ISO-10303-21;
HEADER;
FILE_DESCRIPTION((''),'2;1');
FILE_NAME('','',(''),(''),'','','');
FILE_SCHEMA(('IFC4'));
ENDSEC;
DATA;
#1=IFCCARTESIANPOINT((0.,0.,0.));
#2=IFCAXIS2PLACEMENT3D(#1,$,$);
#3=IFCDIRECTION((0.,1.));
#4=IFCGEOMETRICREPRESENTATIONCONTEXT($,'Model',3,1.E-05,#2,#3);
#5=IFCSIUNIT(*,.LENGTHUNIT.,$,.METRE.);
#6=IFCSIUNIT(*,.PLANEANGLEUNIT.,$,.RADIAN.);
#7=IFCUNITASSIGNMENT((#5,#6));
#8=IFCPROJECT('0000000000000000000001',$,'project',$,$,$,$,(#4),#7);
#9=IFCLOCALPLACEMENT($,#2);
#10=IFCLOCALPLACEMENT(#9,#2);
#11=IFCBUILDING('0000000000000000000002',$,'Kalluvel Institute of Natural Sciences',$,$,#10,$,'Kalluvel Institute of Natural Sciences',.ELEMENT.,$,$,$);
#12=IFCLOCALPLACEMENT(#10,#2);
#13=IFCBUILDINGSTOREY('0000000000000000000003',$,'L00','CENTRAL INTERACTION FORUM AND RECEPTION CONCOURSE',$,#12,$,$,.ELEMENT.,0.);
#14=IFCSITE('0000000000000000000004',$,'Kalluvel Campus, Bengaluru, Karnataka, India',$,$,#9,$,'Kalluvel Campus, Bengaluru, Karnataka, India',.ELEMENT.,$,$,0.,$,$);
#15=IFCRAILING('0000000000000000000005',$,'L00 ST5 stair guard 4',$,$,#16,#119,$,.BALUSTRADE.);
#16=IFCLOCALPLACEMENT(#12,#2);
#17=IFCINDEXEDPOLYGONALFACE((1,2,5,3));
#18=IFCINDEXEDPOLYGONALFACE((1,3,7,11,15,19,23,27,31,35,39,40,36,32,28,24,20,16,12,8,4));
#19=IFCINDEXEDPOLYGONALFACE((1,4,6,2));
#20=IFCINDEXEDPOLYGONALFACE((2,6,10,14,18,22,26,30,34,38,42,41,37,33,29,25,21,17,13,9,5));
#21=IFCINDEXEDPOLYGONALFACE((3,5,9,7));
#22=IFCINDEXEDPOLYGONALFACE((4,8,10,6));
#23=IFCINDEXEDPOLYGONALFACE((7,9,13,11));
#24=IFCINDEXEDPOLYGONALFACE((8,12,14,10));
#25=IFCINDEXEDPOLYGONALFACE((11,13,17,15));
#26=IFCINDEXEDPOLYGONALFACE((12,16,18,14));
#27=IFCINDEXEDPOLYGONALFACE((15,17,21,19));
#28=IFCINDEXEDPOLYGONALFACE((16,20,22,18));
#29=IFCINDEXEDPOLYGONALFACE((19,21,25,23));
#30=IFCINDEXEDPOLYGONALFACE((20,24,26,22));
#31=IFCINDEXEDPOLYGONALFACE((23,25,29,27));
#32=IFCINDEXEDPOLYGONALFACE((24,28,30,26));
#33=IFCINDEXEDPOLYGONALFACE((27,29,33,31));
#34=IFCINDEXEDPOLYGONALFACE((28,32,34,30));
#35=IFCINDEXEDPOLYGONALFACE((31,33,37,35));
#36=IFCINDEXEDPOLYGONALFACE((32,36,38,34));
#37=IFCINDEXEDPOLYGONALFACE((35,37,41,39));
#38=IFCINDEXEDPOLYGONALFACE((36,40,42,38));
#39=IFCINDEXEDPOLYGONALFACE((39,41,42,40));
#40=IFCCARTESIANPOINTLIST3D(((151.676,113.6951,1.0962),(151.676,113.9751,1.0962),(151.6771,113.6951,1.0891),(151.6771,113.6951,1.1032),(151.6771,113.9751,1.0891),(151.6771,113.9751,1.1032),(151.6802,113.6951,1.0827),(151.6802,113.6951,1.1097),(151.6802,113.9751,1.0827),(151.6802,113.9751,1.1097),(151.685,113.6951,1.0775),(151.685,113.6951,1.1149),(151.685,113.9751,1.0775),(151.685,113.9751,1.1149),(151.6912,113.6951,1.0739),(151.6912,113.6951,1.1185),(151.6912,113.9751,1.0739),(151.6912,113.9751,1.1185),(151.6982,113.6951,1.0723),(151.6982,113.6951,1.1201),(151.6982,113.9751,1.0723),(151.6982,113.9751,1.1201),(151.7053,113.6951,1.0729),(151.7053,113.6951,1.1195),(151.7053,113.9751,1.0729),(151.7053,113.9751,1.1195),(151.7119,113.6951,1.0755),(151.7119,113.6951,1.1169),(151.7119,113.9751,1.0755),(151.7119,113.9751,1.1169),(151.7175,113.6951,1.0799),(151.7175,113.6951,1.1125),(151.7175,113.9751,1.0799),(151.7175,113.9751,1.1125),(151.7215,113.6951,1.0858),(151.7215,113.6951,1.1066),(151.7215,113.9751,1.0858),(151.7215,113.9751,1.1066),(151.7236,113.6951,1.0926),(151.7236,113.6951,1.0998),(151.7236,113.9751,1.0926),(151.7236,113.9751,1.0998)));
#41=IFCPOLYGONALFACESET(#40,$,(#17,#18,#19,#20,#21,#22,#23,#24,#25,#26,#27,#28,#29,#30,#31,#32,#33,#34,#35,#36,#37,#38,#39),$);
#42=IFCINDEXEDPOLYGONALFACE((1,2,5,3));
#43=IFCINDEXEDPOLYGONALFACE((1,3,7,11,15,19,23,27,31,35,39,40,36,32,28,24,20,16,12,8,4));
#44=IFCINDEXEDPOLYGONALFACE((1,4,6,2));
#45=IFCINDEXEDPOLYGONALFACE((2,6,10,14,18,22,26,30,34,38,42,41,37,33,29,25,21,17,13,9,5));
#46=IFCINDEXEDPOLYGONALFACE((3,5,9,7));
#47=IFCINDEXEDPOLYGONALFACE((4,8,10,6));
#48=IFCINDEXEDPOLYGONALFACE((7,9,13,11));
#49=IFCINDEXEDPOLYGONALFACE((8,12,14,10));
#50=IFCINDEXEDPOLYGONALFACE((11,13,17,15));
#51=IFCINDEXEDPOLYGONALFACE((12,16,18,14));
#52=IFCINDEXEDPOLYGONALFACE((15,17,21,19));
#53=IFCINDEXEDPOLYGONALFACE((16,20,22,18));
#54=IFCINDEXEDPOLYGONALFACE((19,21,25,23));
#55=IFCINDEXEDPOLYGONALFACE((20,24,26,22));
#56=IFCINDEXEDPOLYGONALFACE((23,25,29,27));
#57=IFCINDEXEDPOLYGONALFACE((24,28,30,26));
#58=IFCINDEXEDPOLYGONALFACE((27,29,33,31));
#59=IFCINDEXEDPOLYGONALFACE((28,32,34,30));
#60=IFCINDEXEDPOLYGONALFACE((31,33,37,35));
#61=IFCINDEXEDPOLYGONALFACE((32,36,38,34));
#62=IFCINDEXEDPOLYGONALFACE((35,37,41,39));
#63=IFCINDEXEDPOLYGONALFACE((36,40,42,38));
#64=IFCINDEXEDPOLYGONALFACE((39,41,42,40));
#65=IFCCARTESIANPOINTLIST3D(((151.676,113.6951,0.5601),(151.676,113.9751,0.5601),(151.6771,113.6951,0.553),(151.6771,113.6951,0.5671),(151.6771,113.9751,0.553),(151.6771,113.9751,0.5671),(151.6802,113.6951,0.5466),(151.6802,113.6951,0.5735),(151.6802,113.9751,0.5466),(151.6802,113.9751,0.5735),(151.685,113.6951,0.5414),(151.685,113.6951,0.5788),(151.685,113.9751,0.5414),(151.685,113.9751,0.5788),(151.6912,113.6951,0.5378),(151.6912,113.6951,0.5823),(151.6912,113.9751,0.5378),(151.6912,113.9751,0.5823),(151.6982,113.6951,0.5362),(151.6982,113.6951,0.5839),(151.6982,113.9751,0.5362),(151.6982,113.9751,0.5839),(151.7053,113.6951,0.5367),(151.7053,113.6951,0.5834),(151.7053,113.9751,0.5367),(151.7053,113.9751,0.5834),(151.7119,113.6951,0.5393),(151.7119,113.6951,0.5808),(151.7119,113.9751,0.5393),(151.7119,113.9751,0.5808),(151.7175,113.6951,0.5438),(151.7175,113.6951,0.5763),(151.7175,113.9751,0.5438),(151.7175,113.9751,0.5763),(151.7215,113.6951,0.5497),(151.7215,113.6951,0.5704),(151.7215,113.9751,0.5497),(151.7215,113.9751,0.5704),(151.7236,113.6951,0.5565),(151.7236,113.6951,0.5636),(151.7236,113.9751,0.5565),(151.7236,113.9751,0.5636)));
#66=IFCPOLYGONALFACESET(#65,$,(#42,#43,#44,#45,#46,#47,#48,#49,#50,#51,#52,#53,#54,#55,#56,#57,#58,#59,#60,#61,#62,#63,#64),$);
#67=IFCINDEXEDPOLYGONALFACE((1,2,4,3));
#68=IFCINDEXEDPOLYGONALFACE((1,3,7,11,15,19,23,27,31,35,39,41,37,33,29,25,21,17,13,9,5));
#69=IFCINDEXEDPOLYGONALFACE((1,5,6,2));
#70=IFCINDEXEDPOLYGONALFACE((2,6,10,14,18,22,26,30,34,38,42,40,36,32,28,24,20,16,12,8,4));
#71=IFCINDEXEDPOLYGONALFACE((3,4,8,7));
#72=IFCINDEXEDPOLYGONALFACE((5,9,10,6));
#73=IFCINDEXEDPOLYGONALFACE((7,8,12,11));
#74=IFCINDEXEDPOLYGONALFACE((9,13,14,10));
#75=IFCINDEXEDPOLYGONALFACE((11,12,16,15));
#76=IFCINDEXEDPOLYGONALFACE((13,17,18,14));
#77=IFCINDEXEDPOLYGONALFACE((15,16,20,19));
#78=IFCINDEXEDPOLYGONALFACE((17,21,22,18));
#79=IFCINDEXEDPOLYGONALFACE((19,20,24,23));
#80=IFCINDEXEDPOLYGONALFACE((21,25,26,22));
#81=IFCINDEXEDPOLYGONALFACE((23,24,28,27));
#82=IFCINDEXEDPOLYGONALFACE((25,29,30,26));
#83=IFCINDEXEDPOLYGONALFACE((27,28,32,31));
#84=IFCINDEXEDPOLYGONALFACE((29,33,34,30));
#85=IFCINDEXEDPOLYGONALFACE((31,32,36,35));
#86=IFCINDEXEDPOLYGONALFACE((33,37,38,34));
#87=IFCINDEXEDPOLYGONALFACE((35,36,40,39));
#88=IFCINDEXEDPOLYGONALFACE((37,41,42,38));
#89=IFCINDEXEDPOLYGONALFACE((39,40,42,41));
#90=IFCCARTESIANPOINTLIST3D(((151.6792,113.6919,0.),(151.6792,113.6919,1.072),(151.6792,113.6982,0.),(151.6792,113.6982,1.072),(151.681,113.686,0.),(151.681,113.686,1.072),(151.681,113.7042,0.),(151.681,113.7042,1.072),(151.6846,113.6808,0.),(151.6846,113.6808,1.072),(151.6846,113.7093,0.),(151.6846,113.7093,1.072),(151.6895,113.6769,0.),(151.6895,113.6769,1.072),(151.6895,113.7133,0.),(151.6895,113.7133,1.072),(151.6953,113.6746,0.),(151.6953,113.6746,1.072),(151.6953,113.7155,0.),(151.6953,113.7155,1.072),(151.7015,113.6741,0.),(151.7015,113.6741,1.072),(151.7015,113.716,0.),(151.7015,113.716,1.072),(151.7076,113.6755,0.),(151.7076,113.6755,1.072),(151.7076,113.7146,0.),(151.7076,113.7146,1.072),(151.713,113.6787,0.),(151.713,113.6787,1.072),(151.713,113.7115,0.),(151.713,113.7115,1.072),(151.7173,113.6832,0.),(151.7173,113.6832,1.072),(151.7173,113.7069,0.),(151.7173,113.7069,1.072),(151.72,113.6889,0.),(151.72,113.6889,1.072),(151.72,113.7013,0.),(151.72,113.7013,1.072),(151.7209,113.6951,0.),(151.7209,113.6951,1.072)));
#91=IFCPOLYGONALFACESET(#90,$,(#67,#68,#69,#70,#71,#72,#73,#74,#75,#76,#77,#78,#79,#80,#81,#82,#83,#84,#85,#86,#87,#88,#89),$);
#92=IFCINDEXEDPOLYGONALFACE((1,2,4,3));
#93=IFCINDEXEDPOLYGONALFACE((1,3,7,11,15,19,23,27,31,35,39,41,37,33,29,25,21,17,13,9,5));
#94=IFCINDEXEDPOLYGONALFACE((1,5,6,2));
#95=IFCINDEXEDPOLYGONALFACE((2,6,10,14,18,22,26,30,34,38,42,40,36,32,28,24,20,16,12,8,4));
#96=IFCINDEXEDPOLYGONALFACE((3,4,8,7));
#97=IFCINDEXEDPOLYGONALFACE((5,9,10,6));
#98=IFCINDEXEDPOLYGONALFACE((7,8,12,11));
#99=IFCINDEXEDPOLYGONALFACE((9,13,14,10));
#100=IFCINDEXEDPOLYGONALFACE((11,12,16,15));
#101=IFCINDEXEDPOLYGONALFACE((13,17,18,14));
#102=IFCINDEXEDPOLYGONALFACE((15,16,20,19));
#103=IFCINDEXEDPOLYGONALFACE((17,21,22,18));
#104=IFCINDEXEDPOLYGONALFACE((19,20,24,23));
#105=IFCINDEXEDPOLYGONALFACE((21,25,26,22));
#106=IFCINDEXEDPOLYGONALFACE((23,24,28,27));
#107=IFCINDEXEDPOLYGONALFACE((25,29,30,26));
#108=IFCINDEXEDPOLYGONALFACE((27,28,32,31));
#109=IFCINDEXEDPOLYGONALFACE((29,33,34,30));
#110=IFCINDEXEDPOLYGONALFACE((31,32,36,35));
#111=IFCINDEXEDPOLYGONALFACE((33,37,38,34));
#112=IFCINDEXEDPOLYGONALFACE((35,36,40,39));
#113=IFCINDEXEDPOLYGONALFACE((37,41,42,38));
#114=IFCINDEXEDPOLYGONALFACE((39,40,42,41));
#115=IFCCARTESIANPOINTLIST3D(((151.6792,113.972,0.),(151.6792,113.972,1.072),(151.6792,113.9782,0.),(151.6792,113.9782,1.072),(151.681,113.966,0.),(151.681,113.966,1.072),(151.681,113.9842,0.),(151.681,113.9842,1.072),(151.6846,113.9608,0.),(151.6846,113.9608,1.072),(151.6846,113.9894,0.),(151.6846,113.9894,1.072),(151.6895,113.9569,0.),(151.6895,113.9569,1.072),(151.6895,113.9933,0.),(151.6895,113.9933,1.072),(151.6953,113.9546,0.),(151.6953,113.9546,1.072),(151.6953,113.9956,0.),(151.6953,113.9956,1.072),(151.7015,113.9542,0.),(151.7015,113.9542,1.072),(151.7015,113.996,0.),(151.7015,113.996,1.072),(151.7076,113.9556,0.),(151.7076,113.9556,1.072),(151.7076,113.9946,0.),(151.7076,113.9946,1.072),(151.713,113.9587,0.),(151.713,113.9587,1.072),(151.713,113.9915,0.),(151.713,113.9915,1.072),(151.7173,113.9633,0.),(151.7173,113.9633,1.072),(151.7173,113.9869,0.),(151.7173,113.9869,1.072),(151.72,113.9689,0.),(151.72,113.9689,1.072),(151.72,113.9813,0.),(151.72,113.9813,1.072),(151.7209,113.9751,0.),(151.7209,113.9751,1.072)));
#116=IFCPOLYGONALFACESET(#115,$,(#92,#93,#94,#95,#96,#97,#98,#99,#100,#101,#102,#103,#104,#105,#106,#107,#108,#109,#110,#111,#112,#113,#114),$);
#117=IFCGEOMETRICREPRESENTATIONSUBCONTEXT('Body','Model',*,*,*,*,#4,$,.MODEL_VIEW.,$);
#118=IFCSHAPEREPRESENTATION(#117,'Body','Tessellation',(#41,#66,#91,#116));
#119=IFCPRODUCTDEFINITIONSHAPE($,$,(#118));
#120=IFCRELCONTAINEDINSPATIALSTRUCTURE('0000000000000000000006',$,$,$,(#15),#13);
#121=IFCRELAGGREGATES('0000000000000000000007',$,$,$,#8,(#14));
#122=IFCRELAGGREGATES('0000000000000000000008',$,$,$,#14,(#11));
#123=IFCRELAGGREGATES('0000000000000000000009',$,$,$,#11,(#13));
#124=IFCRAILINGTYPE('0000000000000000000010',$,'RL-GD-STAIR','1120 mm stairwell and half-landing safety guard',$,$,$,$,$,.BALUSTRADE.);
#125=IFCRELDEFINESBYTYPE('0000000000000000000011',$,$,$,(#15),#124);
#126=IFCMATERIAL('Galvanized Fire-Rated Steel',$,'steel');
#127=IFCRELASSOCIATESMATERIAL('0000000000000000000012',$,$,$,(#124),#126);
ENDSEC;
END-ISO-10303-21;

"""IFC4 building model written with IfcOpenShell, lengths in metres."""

from ifc_helpers import new_model, si_unit, direction, frame, origin, origin_2d, place, context, subcontext, project, spatial, circle, extrude, material, type_object, element, save


model = new_model("IFC4")

# Units and contexts
model_context = context("Model", 3, precision=1e-05, world=origin(), true_north=direction((0.0, 1.0)))
body_context = subcontext(model_context, "Body", "Model", "MODEL_VIEW")
ifc_project = project(units=[si_unit("LENGTHUNIT", "METRE"), si_unit("PLANEANGLEUNIT", "RADIAN")], contexts=[model_context])

# Site, building, storey
site_placement = place(None, origin())
site = spatial("IfcSite", under=ifc_project, at=site_placement, Name="Kalluvel Campus, Bengaluru, Karnataka, India", LongName="Kalluvel Campus, Bengaluru, Karnataka, India", CompositionType="ELEMENT", RefElevation=0.0)
building_placement = place(site_placement, origin())
building = spatial("IfcBuilding", under=site, at=building_placement, Name="Kalluvel Institute of Natural Sciences", LongName="Kalluvel Institute of Natural Sciences", CompositionType="ELEMENT")
storey_placement = place(building_placement, origin())
storey = spatial("IfcBuildingStorey", under=building, at=storey_placement, Name="L00", Description="CENTRAL INTERACTION FORUM AND RECEPTION CONCOURSE", CompositionType="ELEMENT", Elevation=0.0)

# Shared definitions
ifc_material_1 = material(Name="Galvanized Fire-Rated Steel", Category="steel")

# Railing
railing_type_1 = type_object("IfcRailingType", Name="RL-GD-STAIR", Description="1120 mm stairwell and half-landing safety guard", PredefinedType="BALUSTRADE", material=ifc_material_1)
railing_1_placement = place(storey_placement, frame((151.7, 113.6951, 0.0)))
element("IfcRailing", 1, at=railing_1_placement, inside=storey, type_object=railing_type_1, Name="L00 ST5 stair guard 4", PredefinedType="BALUSTRADE", context=body_context, shape_type="SweptSolid", body=[
    extrude(circle(Radius=0.0239, at=origin_2d()), frame((0.0, 0.0, 1.0962), z_axis=(0.0, 1.0, 0.0), x_axis=(-1.0, 0.0, 0.0)), (0.0, 0.0, 1.0), 0.28),
    extrude(circle(Radius=0.0239, at=origin_2d()), frame((0.0, 0.0, 0.5601), z_axis=(0.0, 1.0, 0.0), x_axis=(-1.0, 0.0, 0.0)), (0.0, 0.0, 1.0), 0.28),
    extrude(circle(Radius=0.021, at=origin_2d()), origin(), (0.0, 0.0, 1.0), 1.072),
    extrude(circle(Radius=0.021, at=origin_2d()), frame((0.0, 0.28, 0.0)), (0.0, 0.0, 1.0), 1.072),
])

save(model, "model.ifc")
